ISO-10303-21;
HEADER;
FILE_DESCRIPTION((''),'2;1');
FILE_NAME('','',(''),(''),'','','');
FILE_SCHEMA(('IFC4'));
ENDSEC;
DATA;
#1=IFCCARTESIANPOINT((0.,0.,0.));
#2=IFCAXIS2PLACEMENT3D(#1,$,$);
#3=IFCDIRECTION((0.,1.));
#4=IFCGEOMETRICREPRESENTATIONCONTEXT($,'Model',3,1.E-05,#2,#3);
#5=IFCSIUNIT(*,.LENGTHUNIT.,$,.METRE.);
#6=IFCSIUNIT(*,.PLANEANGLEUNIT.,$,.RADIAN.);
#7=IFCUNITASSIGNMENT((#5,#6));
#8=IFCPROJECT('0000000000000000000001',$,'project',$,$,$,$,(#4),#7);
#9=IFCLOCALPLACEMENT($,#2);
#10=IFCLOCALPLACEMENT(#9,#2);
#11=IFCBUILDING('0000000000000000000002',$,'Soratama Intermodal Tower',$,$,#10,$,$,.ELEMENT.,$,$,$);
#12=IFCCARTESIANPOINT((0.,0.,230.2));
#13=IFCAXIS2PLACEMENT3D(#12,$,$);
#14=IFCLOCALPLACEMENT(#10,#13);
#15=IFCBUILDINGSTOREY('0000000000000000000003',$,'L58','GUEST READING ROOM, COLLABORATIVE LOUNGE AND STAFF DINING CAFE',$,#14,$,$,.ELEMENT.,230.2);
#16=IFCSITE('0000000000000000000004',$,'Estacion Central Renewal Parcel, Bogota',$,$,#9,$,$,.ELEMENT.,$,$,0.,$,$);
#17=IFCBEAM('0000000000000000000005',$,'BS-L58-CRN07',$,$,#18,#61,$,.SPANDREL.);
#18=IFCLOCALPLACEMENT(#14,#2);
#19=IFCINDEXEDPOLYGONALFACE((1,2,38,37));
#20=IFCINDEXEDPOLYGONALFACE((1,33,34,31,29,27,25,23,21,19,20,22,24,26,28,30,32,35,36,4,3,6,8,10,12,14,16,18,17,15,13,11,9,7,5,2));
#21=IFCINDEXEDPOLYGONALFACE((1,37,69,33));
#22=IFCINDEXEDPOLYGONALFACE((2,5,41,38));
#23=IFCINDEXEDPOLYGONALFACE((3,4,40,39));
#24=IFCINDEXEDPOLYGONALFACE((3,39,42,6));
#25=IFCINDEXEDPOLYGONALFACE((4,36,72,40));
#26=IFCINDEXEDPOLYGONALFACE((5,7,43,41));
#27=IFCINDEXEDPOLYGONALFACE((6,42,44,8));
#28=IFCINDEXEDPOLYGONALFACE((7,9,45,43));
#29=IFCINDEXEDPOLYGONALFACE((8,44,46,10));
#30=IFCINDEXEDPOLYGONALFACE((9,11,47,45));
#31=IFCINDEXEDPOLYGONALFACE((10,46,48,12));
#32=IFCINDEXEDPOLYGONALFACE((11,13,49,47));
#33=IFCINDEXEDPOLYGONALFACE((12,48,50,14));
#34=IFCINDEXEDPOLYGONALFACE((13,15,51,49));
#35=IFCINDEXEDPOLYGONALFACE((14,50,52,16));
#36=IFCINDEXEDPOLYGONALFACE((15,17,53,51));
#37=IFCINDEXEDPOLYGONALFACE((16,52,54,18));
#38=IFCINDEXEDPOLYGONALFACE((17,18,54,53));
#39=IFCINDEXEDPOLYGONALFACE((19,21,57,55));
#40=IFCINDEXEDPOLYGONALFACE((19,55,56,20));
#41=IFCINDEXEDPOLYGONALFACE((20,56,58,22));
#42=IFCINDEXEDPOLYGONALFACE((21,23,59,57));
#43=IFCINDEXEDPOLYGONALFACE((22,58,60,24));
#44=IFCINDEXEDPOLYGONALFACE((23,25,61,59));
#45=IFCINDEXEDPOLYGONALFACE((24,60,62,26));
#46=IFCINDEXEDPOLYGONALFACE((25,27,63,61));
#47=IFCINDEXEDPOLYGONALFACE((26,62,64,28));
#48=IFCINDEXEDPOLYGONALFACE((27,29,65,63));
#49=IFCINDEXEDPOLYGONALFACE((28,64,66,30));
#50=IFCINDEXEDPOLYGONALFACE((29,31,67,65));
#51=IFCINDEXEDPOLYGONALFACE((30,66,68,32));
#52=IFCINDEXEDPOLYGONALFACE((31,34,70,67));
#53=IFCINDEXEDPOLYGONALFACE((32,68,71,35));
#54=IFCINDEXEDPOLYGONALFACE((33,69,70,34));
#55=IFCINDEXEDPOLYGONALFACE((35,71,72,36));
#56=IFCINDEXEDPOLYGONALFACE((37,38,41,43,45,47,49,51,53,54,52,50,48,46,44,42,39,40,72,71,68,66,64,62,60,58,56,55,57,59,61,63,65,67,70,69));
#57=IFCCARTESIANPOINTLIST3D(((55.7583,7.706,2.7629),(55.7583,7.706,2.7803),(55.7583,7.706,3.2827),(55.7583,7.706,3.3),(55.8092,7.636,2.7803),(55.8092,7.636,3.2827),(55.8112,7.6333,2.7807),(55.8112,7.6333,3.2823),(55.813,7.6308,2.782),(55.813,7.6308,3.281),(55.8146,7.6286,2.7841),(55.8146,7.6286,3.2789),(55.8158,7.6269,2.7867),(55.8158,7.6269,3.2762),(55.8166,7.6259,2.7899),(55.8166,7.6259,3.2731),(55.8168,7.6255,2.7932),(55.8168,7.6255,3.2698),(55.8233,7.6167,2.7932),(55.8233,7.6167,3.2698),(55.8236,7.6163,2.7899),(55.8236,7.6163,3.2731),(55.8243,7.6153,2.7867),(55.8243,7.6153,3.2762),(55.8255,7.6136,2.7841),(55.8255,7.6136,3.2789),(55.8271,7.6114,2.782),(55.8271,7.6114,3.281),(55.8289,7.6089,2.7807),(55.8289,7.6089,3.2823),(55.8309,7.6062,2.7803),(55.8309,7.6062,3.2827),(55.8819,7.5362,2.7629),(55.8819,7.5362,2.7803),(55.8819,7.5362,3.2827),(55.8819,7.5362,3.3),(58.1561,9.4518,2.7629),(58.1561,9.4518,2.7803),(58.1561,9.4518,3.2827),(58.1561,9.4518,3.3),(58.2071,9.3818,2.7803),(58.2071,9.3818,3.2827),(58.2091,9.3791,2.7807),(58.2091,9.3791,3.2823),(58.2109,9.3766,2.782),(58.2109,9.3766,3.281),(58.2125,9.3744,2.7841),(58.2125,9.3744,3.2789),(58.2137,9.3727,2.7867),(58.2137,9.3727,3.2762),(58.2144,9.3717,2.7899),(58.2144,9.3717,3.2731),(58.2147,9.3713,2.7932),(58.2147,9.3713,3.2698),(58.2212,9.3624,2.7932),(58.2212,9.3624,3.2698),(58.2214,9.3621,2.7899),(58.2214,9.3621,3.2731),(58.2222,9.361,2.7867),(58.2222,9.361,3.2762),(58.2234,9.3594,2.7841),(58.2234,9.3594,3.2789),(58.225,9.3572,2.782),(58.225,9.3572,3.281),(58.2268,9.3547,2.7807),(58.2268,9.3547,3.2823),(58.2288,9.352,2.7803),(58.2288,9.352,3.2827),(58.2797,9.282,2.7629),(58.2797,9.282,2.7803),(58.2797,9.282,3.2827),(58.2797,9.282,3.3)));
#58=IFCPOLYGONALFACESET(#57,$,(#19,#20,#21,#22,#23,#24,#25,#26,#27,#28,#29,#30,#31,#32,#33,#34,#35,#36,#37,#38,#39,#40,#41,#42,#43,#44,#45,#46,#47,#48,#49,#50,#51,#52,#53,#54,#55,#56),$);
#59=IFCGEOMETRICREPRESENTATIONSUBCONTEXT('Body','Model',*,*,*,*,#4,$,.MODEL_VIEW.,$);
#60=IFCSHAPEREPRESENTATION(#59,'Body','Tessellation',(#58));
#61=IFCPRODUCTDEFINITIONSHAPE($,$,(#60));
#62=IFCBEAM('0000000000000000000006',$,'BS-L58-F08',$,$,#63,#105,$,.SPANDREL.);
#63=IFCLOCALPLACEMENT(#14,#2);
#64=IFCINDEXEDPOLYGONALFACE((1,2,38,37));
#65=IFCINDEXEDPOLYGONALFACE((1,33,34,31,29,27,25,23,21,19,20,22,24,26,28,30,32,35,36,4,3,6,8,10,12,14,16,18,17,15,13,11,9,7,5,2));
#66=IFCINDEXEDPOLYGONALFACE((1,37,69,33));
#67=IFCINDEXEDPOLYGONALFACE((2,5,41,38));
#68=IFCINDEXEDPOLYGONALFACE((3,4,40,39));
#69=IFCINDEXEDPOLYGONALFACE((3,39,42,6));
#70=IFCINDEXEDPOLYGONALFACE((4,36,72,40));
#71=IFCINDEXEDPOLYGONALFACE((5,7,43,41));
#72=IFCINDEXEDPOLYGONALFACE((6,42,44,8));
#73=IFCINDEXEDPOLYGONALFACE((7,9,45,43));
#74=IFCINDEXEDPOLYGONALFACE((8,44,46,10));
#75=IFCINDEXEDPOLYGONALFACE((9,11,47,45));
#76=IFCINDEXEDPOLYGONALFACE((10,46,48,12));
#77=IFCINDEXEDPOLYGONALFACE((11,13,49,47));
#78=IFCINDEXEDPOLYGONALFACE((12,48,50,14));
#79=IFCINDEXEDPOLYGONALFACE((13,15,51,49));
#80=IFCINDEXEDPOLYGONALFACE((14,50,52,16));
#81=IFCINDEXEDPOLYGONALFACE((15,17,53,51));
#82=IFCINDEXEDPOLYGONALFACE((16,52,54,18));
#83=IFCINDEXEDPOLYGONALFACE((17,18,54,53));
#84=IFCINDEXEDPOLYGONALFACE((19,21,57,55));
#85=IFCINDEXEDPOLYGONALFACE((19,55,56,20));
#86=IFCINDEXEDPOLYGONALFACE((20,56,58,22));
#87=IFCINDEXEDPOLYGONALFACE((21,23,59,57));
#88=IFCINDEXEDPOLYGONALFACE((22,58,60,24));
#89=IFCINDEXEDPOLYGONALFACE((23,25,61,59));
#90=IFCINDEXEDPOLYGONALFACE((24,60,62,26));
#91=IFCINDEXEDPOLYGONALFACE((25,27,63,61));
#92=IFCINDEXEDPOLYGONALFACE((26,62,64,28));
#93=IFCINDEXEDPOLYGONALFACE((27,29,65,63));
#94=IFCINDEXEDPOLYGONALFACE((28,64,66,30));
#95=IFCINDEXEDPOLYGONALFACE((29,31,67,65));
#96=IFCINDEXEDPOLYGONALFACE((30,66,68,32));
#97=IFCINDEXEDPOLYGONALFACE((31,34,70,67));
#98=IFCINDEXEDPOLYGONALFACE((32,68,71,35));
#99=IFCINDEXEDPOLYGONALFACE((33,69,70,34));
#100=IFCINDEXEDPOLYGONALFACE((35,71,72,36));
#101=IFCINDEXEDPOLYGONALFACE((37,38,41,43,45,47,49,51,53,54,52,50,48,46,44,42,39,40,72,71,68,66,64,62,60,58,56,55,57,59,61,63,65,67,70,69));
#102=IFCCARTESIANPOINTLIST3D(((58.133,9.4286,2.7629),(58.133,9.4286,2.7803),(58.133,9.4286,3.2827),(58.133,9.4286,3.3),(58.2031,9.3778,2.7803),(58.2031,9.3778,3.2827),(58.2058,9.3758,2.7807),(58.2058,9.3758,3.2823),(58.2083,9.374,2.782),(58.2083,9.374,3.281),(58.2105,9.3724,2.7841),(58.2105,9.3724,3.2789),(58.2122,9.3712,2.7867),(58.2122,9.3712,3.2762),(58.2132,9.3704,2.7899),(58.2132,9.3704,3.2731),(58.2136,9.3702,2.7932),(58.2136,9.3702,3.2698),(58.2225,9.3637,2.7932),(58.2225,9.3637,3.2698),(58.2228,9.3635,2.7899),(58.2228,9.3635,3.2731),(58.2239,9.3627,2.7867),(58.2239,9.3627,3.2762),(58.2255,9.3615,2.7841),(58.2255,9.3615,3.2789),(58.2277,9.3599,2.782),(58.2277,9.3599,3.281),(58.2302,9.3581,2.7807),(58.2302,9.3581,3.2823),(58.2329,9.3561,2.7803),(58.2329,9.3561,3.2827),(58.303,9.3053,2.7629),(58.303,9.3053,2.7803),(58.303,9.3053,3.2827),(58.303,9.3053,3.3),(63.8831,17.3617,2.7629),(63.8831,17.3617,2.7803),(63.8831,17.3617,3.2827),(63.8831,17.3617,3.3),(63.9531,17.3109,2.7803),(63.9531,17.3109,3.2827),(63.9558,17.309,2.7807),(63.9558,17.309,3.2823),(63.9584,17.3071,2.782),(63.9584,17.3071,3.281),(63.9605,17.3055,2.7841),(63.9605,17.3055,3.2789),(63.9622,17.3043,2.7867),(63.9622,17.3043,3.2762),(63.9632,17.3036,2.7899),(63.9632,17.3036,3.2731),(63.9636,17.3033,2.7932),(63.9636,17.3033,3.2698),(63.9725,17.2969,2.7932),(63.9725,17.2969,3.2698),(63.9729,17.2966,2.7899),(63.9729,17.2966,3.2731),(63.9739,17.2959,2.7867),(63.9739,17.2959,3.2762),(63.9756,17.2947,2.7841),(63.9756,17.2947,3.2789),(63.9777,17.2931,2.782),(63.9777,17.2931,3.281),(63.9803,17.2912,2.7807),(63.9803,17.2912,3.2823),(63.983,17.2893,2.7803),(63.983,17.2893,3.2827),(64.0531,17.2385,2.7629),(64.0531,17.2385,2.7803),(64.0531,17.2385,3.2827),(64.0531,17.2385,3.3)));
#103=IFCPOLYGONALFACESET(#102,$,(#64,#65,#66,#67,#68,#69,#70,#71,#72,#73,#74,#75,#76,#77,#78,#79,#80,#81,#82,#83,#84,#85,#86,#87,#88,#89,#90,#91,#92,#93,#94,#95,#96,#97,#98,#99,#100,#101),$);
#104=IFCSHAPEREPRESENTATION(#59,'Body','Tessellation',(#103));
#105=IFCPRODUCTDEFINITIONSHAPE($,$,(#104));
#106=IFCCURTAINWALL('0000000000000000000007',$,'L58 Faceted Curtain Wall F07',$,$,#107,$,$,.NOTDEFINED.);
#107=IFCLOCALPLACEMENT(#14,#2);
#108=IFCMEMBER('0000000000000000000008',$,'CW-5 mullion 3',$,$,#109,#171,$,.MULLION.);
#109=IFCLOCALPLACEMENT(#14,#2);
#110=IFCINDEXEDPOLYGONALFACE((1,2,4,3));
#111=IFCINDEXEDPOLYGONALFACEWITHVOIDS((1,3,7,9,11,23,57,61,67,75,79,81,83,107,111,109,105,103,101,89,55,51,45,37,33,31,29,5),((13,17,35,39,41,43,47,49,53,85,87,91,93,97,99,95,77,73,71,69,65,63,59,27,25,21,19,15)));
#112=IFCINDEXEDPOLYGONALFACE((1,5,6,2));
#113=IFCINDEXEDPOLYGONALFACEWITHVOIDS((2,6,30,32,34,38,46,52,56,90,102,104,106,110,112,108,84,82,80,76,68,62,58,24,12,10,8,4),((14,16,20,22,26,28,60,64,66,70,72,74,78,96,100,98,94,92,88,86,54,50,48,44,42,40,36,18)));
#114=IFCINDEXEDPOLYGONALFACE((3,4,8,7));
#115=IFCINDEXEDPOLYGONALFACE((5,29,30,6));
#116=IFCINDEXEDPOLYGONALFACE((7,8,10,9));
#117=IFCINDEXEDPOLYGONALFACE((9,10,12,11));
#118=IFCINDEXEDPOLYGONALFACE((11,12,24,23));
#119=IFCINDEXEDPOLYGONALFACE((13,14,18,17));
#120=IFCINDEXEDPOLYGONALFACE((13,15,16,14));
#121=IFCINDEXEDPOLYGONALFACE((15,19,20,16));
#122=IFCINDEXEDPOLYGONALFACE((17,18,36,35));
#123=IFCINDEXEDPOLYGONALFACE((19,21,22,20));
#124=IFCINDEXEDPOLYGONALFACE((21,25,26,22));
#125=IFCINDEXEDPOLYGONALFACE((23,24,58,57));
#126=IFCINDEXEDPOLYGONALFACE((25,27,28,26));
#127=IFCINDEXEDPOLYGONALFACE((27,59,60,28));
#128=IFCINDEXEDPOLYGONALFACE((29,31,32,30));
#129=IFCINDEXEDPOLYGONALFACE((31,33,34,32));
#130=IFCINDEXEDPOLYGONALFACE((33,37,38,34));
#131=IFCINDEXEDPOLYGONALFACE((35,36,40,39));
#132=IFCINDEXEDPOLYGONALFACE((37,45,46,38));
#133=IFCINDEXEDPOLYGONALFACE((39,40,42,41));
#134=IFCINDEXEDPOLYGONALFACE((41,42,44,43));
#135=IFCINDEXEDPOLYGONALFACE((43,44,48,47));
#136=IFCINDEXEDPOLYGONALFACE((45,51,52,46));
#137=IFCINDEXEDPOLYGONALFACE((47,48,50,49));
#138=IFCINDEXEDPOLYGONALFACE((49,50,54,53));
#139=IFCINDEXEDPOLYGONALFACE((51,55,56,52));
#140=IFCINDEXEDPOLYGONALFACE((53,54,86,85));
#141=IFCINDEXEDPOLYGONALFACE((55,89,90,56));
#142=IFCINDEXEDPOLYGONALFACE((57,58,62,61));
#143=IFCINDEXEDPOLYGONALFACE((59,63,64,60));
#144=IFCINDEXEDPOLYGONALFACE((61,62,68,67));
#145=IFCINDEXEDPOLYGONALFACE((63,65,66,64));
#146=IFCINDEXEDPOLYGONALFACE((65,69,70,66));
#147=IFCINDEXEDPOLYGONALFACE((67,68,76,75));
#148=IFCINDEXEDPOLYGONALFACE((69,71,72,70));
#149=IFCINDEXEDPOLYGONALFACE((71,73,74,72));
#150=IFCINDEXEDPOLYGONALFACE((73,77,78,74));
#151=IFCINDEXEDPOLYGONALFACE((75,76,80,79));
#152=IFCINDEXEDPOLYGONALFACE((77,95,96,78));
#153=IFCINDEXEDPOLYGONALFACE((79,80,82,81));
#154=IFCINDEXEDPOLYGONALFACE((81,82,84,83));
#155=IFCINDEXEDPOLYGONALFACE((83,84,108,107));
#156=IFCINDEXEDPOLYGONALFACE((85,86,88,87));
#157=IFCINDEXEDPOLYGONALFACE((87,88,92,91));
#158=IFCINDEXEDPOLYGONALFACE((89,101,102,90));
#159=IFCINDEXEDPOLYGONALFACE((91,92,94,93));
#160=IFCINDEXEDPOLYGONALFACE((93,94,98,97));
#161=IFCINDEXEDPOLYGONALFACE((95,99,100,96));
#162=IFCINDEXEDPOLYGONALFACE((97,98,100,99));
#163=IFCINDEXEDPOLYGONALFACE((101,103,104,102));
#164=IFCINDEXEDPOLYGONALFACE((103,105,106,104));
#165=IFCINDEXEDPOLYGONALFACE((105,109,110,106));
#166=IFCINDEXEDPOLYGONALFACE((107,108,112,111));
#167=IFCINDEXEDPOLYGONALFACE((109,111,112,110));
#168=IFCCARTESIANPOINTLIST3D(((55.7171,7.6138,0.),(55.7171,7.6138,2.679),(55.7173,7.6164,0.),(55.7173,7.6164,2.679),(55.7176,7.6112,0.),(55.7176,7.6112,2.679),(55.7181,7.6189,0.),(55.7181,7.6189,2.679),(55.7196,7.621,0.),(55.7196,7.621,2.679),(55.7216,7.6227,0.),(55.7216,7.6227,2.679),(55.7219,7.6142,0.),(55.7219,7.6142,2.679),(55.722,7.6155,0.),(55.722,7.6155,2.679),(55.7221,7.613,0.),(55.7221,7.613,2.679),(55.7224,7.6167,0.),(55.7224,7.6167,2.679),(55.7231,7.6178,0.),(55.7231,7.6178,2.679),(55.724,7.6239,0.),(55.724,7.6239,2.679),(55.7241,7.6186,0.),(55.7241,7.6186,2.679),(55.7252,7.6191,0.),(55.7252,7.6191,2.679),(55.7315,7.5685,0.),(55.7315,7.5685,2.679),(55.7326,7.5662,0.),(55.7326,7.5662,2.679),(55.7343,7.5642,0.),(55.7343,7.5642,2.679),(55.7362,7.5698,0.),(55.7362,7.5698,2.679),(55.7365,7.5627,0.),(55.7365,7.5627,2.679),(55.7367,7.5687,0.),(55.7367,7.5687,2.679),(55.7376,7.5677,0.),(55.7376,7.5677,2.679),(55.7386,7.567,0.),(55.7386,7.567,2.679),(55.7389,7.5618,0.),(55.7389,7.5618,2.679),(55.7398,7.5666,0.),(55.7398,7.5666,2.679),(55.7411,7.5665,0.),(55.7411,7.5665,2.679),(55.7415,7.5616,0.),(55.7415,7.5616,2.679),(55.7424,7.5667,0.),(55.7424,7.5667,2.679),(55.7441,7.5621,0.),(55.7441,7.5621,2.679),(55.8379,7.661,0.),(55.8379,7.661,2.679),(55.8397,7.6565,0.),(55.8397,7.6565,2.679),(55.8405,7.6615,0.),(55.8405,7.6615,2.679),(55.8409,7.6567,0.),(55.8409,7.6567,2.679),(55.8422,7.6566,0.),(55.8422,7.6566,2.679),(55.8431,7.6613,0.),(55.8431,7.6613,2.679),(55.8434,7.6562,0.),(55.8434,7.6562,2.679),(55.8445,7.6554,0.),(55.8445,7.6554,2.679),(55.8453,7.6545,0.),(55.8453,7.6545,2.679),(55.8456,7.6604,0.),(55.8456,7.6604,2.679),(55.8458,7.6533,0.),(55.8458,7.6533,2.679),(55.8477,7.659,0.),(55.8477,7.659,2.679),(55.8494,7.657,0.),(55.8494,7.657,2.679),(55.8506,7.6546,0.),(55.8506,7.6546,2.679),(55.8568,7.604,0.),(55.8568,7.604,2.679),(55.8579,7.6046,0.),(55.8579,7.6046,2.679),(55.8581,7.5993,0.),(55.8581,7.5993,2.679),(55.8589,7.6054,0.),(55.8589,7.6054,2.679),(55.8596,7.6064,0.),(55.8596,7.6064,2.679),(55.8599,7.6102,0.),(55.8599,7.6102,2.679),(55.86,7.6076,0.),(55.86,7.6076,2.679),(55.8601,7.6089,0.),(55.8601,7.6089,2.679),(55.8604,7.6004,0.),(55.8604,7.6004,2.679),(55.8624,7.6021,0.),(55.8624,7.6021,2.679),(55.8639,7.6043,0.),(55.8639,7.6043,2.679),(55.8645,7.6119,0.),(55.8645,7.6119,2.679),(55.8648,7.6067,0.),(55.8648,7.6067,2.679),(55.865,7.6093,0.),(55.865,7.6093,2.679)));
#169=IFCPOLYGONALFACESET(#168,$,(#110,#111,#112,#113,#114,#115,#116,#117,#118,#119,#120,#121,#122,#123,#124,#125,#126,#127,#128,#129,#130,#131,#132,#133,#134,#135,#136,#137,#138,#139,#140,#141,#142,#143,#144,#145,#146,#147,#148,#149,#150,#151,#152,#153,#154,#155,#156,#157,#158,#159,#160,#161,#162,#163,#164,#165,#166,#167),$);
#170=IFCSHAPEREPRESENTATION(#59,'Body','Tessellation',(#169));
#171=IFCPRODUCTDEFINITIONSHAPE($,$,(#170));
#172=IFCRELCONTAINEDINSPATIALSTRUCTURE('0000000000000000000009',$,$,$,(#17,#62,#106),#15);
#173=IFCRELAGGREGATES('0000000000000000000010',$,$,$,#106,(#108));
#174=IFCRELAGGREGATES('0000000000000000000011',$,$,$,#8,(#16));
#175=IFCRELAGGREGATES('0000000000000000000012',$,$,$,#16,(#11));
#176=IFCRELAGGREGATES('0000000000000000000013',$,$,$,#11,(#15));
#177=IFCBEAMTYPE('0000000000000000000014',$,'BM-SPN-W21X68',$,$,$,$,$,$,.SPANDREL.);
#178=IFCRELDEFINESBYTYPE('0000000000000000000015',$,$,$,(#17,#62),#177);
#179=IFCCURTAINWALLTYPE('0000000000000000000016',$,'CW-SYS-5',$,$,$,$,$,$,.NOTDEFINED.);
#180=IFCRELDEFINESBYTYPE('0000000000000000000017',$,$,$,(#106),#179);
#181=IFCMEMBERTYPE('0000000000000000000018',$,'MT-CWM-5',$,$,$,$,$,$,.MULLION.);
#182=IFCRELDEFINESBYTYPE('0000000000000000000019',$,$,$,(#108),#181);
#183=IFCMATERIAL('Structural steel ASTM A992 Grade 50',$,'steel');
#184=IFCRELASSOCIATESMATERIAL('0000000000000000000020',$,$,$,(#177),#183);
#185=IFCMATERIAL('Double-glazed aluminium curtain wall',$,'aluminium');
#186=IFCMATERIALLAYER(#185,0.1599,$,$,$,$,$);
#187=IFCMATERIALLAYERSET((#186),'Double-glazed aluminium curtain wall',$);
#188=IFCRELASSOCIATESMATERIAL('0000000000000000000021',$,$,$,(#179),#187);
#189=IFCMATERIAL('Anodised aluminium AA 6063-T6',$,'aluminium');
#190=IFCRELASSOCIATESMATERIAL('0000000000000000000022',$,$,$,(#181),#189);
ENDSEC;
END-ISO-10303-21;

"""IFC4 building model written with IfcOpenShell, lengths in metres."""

from ifc_helpers import new_model, si_unit, direction, frame, origin, origin_2d, place, context, subcontext, project, spatial, hollow_rectangle, i_section, extrude, material, layer, layer_set, material_profile, profile_set, type_object, element, aggregate, save


model = new_model("IFC4")

# Units and contexts
model_context = context("Model", 3, precision=1e-05, world=origin(), true_north=direction((0.0, 1.0)))
body_context = subcontext(model_context, "Body", "Model", "MODEL_VIEW")
ifc_project = project(units=[si_unit("LENGTHUNIT", "METRE"), si_unit("PLANEANGLEUNIT", "RADIAN")], contexts=[model_context])

# Site, building, storey
site_placement = place(None, origin())
site = spatial("IfcSite", under=ifc_project, at=site_placement, Name="Estacion Central Renewal Parcel, Bogota", CompositionType="ELEMENT", RefElevation=0.0)
building_placement = place(site_placement, origin())
building = spatial("IfcBuilding", under=site, at=building_placement, Name="Soratama Intermodal Tower", CompositionType="ELEMENT")
storey_placement = place(building_placement, frame((0.0, 0.0, 230.2)))
storey = spatial("IfcBuildingStorey", under=building, at=storey_placement, Name="L58", Description="GUEST READING ROOM, COLLABORATIVE LOUNGE AND STAFF DINING CAFE", CompositionType="ELEMENT", Elevation=230.2)

# Beams
ifc_material_1 = material(Name="Structural steel ASTM A992 Grade 50", Category="steel")
ifc_material_profile_1 = material_profile(ifc_material_1, i_section(OverallWidth=0.21, OverallDepth=0.5371, WebThickness=0.011, FlangeThickness=0.0173, FilletRadius=0.0129, at=origin_2d()), Name="W21X68")
ifc_profile_set_1 = profile_set([ifc_material_profile_1], Name="Structural steel ASTM A992 Grade 50")
beam_type_1 = type_object("IfcBeamType", Name="BM-SPN-W21X68", PredefinedType="SPANDREL", material=ifc_profile_set_1)
beam_1_placement = place(storey_placement, frame((55.8201, 7.6211, 3.0315), z_axis=(0.808433, 0.588588, 0.0), x_axis=(-0.588588, 0.808433, 0.0)))
element("IfcBeam", 1, at=beam_1_placement, inside=storey, type_object=beam_type_1, Name="BS-L58-CRN07", PredefinedType="SPANDREL", context=body_context, shape_type="SweptSolid", body=[
    extrude(i_section(OverallWidth=0.21, OverallDepth=0.5371, WebThickness=0.011, FlangeThickness=0.0173, FilletRadius=0.0129, at=origin_2d()), origin(), (0.0, 0.0, 1.0), 2.9661),
])
beam_2_placement = place(storey_placement, frame((58.218, 9.3669, 3.0315), z_axis=(0.586867, 0.809683, 0.0), x_axis=(-0.809683, 0.586867, 0.0)))
element("IfcBeam", 2, at=beam_2_placement, inside=storey, type_object=beam_type_1, Name="BS-L58-F08", PredefinedType="SPANDREL", context=body_context, shape_type="SweptSolid", body=[
    extrude(i_section(OverallWidth=0.21, OverallDepth=0.5371, WebThickness=0.011, FlangeThickness=0.0173, FilletRadius=0.0129, at=origin_2d()), origin(), (0.0, 0.0, 1.0), 9.7979),
])

# Curtain wall, member
ifc_material_2 = material(Name="Double-glazed aluminium curtain wall", Category="aluminium")
ifc_layer_1 = layer(ifc_material_2, 0.1599)
ifc_layer_set_1 = layer_set([ifc_layer_1], Name="Double-glazed aluminium curtain wall")
curtain_wall_type = type_object("IfcCurtainWallType", Name="CW-SYS-5", PredefinedType="NOTDEFINED", material=ifc_layer_set_1)
curtain_wall_1_placement = place(storey_placement, origin())
curtain_wall_1 = element("IfcCurtainWall", 3, at=curtain_wall_1_placement, inside=storey, type_object=curtain_wall_type, Name="L58 Faceted Curtain Wall F07", PredefinedType="NOTDEFINED")
ifc_material_3 = material(Name="Anodised aluminium AA 6063-T6", Category="aluminium")
ifc_material_profile_2 = material_profile(ifc_material_3, hollow_rectangle(XDim=0.0649, YDim=0.1399, WallThickness=0.0049, InnerFilletRadius=0.0049, OuterFilletRadius=0.01, at=origin_2d()), Name="CWM140X65X5")
ifc_profile_set_2 = profile_set([ifc_material_profile_2], Name="Anodised aluminium AA 6063-T6")
member_type_1 = type_object("IfcMemberType", Name="MT-CWM-5", PredefinedType="MULLION", material=ifc_profile_set_2)
member_1_placement = place(storey_placement, frame((55.791, 7.6116, 0.0), z_axis=(0.0, 0.0, 1.0), x_axis=(-0.310014, 0.950732, 0.0)))
member_1 = element("IfcMember", 4, at=member_1_placement, type_object=member_type_1, Name="CW-5 mullion 3", PredefinedType="MULLION", context=body_context, shape_type="SweptSolid", body=[
    extrude(hollow_rectangle(XDim=0.0649, YDim=0.1399, WallThickness=0.0049, InnerFilletRadius=0.0049, OuterFilletRadius=0.01, at=origin_2d()), origin(), (0.0, 0.0, 1.0), 2.679),
])

aggregate(curtain_wall_1, [member_1])

save(model, "model.ifc")
